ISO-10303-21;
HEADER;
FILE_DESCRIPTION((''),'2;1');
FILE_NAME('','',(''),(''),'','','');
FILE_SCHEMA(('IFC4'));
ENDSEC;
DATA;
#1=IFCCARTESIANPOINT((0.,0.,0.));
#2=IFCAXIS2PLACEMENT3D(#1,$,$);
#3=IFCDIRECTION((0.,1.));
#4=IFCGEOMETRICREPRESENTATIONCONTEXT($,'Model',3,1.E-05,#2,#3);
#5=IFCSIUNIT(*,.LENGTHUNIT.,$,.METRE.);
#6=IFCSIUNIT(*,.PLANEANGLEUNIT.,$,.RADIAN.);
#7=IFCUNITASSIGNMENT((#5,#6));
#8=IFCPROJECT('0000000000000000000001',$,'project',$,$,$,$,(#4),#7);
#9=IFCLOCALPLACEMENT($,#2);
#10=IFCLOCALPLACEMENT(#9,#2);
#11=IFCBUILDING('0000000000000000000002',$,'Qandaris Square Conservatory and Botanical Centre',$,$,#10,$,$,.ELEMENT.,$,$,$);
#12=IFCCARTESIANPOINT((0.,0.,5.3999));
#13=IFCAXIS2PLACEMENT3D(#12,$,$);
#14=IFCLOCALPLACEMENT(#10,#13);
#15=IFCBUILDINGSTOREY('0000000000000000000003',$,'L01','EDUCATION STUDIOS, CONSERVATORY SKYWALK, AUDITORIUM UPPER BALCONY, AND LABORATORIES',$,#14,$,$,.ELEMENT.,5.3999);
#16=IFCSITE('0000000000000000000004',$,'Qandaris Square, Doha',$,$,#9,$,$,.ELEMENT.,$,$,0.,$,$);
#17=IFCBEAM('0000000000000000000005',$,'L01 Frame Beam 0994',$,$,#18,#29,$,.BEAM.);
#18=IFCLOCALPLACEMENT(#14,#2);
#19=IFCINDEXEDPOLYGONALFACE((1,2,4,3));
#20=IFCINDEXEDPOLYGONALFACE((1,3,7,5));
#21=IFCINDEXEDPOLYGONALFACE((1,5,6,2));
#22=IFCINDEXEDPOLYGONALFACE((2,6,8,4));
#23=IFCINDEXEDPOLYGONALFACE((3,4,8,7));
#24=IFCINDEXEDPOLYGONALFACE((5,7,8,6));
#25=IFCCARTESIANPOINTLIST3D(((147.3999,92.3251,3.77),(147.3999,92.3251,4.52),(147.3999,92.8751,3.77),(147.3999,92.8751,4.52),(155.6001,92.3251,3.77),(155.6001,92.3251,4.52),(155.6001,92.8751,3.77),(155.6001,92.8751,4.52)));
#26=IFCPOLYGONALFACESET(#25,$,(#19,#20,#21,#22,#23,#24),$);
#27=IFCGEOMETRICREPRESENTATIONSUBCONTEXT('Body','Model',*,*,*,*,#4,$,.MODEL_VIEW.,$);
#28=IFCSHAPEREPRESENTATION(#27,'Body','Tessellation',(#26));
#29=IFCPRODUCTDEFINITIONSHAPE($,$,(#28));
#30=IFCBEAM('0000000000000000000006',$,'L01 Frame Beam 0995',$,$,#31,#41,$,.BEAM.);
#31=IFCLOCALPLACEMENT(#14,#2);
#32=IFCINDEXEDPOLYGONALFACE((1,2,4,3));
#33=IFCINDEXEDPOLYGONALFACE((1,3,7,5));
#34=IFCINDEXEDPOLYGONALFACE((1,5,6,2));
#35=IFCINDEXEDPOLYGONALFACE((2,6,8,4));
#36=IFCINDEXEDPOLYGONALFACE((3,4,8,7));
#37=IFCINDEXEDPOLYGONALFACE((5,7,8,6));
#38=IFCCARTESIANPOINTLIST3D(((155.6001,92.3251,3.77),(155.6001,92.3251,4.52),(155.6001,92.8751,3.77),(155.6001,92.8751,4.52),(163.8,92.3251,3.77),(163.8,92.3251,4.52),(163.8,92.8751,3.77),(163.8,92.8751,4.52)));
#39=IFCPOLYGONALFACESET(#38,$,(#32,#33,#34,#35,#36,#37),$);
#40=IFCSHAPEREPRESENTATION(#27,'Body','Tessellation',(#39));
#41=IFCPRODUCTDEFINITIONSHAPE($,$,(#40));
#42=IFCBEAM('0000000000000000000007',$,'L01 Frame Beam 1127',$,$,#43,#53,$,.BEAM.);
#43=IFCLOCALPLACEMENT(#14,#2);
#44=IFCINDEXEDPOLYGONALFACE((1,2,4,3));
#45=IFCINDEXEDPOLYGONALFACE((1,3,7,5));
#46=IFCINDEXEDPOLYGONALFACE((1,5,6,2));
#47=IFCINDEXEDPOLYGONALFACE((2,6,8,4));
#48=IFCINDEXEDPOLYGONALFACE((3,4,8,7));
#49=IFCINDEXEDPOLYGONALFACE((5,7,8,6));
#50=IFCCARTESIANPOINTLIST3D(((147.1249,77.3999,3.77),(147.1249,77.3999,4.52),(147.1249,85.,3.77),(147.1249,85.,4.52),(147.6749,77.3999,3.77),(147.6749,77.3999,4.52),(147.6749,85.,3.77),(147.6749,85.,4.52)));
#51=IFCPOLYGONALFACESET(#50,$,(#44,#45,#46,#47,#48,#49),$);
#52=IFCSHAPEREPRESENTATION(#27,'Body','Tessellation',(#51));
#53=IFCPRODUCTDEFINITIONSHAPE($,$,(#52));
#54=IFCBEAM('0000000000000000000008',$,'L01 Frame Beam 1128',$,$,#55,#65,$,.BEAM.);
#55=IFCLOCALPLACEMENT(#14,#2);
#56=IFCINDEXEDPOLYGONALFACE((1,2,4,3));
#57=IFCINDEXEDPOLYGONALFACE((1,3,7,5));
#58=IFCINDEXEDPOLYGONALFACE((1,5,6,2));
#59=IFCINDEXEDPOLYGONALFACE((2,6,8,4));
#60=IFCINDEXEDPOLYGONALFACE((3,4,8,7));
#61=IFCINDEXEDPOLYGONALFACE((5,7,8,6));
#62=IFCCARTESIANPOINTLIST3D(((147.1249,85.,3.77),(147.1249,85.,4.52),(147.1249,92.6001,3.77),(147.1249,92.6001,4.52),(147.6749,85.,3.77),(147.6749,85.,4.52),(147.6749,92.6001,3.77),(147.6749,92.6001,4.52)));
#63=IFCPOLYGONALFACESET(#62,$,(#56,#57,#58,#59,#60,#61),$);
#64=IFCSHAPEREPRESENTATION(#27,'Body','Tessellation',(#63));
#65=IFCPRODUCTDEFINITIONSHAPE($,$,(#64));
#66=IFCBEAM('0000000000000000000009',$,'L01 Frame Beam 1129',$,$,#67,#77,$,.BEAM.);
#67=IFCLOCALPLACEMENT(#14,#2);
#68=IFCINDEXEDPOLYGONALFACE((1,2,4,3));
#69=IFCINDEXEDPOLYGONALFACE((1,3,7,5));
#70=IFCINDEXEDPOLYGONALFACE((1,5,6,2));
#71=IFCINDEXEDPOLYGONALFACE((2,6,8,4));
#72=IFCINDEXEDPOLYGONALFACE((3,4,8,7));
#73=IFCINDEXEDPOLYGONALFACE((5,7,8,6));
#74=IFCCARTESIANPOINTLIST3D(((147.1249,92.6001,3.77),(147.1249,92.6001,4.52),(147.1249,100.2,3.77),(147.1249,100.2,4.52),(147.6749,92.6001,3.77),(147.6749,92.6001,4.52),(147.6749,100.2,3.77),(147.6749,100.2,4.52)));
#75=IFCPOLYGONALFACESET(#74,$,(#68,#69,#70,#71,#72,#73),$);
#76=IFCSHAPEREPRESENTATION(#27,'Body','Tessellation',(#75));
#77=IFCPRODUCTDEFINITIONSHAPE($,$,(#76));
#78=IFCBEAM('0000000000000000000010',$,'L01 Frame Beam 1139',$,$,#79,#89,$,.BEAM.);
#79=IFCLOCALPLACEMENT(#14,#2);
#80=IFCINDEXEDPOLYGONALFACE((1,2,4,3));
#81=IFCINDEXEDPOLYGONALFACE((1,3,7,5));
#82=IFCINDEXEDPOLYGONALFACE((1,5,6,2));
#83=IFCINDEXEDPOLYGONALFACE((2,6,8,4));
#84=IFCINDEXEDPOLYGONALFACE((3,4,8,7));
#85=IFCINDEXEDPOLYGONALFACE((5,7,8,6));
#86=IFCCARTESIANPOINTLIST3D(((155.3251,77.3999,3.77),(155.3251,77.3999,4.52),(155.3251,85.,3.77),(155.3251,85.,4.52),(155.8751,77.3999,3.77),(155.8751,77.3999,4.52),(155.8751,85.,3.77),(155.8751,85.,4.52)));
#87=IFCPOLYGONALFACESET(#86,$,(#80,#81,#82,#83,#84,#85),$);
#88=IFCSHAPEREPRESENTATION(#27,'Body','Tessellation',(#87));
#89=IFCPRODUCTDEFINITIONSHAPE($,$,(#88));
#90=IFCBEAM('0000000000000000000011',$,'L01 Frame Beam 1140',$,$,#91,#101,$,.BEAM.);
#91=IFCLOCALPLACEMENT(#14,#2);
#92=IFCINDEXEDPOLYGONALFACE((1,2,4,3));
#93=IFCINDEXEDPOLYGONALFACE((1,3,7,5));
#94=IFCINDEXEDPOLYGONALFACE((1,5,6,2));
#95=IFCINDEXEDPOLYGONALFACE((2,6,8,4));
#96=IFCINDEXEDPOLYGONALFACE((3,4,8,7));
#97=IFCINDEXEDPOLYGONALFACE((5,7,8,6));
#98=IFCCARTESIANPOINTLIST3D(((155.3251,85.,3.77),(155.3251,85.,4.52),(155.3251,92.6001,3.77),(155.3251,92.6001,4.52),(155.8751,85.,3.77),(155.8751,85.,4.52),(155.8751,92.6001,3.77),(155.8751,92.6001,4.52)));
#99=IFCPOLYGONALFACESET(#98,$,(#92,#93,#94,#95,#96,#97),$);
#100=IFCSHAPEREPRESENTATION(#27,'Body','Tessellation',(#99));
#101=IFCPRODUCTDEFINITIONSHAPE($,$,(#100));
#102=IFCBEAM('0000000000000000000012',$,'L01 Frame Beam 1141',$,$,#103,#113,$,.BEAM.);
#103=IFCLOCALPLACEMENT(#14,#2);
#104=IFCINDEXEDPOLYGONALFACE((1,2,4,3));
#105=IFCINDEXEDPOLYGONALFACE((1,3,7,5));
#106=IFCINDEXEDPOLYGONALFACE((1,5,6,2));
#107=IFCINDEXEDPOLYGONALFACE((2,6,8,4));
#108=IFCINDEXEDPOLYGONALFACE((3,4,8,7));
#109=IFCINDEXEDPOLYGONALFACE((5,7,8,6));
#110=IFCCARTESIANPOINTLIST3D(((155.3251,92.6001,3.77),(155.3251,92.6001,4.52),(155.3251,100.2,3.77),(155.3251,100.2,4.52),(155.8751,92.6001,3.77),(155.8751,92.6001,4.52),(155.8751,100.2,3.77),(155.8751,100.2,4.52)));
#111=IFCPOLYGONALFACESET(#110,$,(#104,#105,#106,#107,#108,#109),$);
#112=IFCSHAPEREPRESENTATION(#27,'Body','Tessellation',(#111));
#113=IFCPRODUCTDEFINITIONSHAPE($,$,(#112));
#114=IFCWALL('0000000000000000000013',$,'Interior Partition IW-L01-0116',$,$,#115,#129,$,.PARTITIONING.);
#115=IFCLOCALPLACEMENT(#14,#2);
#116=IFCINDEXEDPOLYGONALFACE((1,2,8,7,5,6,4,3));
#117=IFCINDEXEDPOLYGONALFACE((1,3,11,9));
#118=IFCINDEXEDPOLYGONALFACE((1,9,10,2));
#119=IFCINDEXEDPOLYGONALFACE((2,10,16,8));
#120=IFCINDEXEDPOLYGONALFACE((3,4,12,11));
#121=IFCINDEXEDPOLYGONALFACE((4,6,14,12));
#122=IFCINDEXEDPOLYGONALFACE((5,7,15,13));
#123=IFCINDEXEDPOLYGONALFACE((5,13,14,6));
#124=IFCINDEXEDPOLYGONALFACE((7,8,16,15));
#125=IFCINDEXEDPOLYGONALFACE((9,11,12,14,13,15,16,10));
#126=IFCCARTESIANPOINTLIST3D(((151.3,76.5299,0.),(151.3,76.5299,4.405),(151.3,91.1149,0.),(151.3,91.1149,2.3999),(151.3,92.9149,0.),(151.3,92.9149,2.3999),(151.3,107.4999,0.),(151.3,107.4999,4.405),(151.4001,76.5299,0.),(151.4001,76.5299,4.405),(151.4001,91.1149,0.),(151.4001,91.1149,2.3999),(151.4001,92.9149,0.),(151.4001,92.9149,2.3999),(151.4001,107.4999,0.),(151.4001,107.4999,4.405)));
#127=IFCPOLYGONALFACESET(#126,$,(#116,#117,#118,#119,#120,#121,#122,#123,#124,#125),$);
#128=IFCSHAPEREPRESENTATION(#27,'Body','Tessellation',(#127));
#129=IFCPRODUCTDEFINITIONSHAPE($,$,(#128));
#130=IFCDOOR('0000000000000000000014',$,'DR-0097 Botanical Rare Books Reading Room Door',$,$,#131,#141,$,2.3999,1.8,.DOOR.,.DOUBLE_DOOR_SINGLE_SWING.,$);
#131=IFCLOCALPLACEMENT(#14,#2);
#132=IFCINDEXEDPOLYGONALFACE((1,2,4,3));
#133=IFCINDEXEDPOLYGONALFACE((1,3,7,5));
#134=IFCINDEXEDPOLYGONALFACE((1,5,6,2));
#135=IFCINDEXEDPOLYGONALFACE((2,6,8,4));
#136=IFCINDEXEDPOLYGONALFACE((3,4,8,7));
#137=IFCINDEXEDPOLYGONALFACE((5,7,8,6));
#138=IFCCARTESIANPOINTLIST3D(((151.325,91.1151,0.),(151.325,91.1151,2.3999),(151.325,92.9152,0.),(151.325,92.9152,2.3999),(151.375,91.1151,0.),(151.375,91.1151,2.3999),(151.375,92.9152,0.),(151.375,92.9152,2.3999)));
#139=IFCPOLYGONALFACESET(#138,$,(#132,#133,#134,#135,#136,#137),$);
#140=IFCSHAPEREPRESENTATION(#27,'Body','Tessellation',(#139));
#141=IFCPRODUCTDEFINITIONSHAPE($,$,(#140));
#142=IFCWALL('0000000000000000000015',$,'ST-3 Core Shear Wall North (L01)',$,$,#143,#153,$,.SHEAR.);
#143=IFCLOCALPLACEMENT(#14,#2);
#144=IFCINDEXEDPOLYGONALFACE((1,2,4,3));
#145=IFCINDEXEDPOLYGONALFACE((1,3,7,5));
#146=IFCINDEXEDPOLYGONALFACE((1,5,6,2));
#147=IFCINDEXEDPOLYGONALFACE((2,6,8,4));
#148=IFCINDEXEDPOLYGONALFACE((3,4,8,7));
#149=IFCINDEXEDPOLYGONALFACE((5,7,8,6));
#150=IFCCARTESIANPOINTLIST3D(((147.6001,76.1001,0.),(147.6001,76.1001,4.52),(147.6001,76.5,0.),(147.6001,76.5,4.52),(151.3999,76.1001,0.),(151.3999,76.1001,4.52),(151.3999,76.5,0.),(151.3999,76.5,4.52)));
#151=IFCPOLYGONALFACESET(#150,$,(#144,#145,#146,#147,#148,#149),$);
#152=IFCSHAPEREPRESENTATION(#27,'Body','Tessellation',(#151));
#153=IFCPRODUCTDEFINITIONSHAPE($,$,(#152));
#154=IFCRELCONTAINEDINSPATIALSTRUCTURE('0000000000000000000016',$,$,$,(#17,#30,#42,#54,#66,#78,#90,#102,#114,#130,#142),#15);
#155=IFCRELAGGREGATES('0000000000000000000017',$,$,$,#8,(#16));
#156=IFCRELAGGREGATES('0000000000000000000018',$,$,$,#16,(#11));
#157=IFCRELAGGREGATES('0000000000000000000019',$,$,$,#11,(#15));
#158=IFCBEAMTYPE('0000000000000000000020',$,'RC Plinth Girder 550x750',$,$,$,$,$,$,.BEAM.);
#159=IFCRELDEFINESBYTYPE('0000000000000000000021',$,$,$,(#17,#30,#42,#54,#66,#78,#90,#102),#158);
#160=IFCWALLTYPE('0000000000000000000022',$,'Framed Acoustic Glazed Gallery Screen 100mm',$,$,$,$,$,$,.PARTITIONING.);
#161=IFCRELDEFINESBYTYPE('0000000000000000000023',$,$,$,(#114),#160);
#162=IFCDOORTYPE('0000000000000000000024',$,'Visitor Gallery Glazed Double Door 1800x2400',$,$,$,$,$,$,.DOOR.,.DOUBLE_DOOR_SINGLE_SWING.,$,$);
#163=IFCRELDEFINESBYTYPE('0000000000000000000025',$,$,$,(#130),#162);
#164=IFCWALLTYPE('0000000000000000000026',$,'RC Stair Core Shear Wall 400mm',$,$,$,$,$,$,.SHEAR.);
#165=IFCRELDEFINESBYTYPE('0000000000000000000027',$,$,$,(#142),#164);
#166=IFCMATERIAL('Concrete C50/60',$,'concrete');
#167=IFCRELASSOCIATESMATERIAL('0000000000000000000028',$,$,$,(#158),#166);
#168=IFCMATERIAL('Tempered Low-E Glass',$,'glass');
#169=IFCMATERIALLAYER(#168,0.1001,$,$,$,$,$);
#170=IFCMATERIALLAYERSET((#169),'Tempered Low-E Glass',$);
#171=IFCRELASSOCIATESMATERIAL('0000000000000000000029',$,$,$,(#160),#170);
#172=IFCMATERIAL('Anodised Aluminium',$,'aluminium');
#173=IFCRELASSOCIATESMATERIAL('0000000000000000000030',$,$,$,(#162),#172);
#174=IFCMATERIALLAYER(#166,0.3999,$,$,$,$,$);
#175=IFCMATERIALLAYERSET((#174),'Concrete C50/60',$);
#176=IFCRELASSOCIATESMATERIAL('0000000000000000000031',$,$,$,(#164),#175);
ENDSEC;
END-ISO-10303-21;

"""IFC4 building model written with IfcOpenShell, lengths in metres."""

from ifc_helpers import new_model, si_unit, direction, frame, frame_2d, origin, origin_2d, place, context, subcontext, project, spatial, rectangle, extrude, material, layer, layer_set, material_profile, profile_set, type_object, element, fill, save


model = new_model("IFC4")

# Units and contexts
model_context = context("Model", 3, precision=1e-05, world=origin(), true_north=direction((0.0, 1.0)))
body_context = subcontext(model_context, "Body", "Model", "MODEL_VIEW")
ifc_project = project(units=[si_unit("LENGTHUNIT", "METRE"), si_unit("PLANEANGLEUNIT", "RADIAN")], contexts=[model_context])

# Site, building, storey
site_placement = place(None, origin())
site = spatial("IfcSite", under=ifc_project, at=site_placement, Name="Qandaris Square, Doha", CompositionType="ELEMENT", RefElevation=0.0)
building_placement = place(site_placement, origin())
building = spatial("IfcBuilding", under=site, at=building_placement, Name="Qandaris Square Conservatory and Botanical Centre", CompositionType="ELEMENT")
storey_placement = place(building_placement, frame((0.0, 0.0, 5.3999)))
storey = spatial("IfcBuildingStorey", under=building, at=storey_placement, Name="L01", Description="EDUCATION STUDIOS, CONSERVATORY SKYWALK, AUDITORIUM UPPER BALCONY, AND LABORATORIES", CompositionType="ELEMENT", Elevation=5.3999)

# Shared definitions
ifc_material_1 = material(Name="Concrete C50/60", Category="concrete")

# Beams
ifc_material_profile_1 = material_profile(ifc_material_1, rectangle(XDim=0.55, YDim=0.75, at=origin_2d()), Name="RC-BM 550x750")
ifc_profile_set_1 = profile_set([ifc_material_profile_1], Name="Concrete C50/60")
beam_type_1 = type_object("IfcBeamType", Name="RC Plinth Girder 550x750", PredefinedType="BEAM", material=ifc_profile_set_1)
beam_1_placement = place(storey_placement, frame((147.3999, 92.6001, 4.145), z_axis=(1.0, 0.0, 0.0), x_axis=(0.0, 1.0, 0.0)))
element("IfcBeam", 1, at=beam_1_placement, inside=storey, type_object=beam_type_1, Name="L01 Frame Beam 0994", PredefinedType="BEAM", context=body_context, shape_type="SweptSolid", body=[
    extrude(rectangle(XDim=0.55, YDim=0.75, at=origin_2d()), origin(), (0.0, 0.0, 1.0), 8.2002),
])
beam_2_placement = place(storey_placement, frame((155.6001, 92.6001, 4.145), z_axis=(1.0, 0.0, 0.0), x_axis=(0.0, 1.0, 0.0)))
element("IfcBeam", 2, at=beam_2_placement, inside=storey, type_object=beam_type_1, Name="L01 Frame Beam 0995", PredefinedType="BEAM", context=body_context, shape_type="SweptSolid", body=[
    extrude(rectangle(XDim=0.55, YDim=0.75, at=origin_2d()), origin(), (0.0, 0.0, 1.0), 8.2),
])
for number, where, z_axis, x_axis, name in (
    (3, (147.3999, 77.3999, 4.145), (0.0, 1.0, 0.0), (-1.0, 0.0, 0.0), "L01 Frame Beam 1127"),
    (4, (147.3999, 85.0, 4.145), (0.0, 1.0, 0.0), (-1.0, 0.0, 0.0), "L01 Frame Beam 1128"),
):
    element("IfcBeam", number, at=place(storey_placement, frame(where, z_axis=z_axis, x_axis=x_axis)), inside=storey, type_object=beam_type_1, Name=name, PredefinedType="BEAM", context=body_context, shape_type="SweptSolid", body=[
        extrude(rectangle(XDim=0.55, YDim=0.75, at=origin_2d()), origin(), (0.0, 0.0, 1.0), 7.6001),
    ])
beam_3_placement = place(storey_placement, frame((147.3999, 92.6001, 4.145), z_axis=(0.0, 1.0, 0.0), x_axis=(-1.0, 0.0, 0.0)))
element("IfcBeam", 5, at=beam_3_placement, inside=storey, type_object=beam_type_1, Name="L01 Frame Beam 1129", PredefinedType="BEAM", context=body_context, shape_type="SweptSolid", body=[
    extrude(rectangle(XDim=0.55, YDim=0.75, at=origin_2d()), origin(), (0.0, 0.0, 1.0), 7.5999),
])
for number, where, z_axis, x_axis, name in (
    (6, (155.6001, 77.3999, 4.145), (0.0, 1.0, 0.0), (-1.0, 0.0, 0.0), "L01 Frame Beam 1139"),
    (7, (155.6001, 85.0, 4.145), (0.0, 1.0, 0.0), (-1.0, 0.0, 0.0), "L01 Frame Beam 1140"),
):
    element("IfcBeam", number, at=place(storey_placement, frame(where, z_axis=z_axis, x_axis=x_axis)), inside=storey, type_object=beam_type_1, Name=name, PredefinedType="BEAM", context=body_context, shape_type="SweptSolid", body=[
        extrude(rectangle(XDim=0.55, YDim=0.75, at=origin_2d()), origin(), (0.0, 0.0, 1.0), 7.6001),
    ])
beam_4_placement = place(storey_placement, frame((155.6001, 92.6001, 4.145), z_axis=(0.0, 1.0, 0.0), x_axis=(-1.0, 0.0, 0.0)))
element("IfcBeam", 8, at=beam_4_placement, inside=storey, type_object=beam_type_1, Name="L01 Frame Beam 1141", PredefinedType="BEAM", context=body_context, shape_type="SweptSolid", body=[
    extrude(rectangle(XDim=0.55, YDim=0.75, at=origin_2d()), origin(), (0.0, 0.0, 1.0), 7.5999),
])

# Wall, opening, door
ifc_material_2 = material(Name="Tempered Low-E Glass", Category="glass")
ifc_layer_1 = layer(ifc_material_2, 0.1001)
ifc_layer_set_1 = layer_set([ifc_layer_1], Name="Tempered Low-E Glass")
wall_type_1 = type_object("IfcWallType", Name="Framed Acoustic Glazed Gallery Screen 100mm", PredefinedType="PARTITIONING", material=ifc_layer_set_1)
wall_1_placement = place(storey_placement, frame((151.3501, 76.53, 0.0), z_axis=(0.0, 0.0, 1.0), x_axis=(0.0, 1.0, 0.0)))
wall_1 = element("IfcWall", 9, at=wall_1_placement, inside=storey, type_object=wall_type_1, Name="Interior Partition IW-L01-0116", PredefinedType="PARTITIONING", context=body_context, shape_type="SweptSolid", body=[
    extrude(rectangle(XDim=30.97, YDim=0.1001, at=frame_2d((15.4849, 0.0))), origin(), (0.0, 0.0, 1.0), 4.405),
])
opening_placement = place(wall_1_placement, frame((14.585, 0.0, 0.0)))
opening = element("IfcOpeningElement", 10, at=opening_placement, cuts=wall_1, PredefinedType="OPENING", context=body_context, shape_type="SweptSolid", body=[
    extrude(rectangle(XDim=1.8, YDim=2.3999, at=frame_2d((0.8999, 1.2))), frame((0.0, 0.062, 0.0), z_axis=(0.0, -1.0, 0.0), x_axis=(1.0, 0.0, 0.0)), (0.0, 0.0, 1.0), 0.124),
])
ifc_material_3 = material(Name="Anodised Aluminium", Category="aluminium")
door_type = type_object("IfcDoorType", Name="Visitor Gallery Glazed Double Door 1800x2400", OperationType="DOUBLE_DOOR_SINGLE_SWING", PredefinedType="DOOR", material=ifc_material_3)
door_placement = place(opening_placement, frame((1.8, 0.0, 0.0), z_axis=(0.0, 0.0, 1.0), x_axis=(-1.0, 0.0, 0.0)))
door = element("IfcDoor", 11, at=door_placement, inside=storey, type_object=door_type, Name="DR-0097 Botanical Rare Books Reading Room Door", OperationType="DOUBLE_DOOR_SINGLE_SWING", OverallHeight=2.3999, OverallWidth=1.8, PredefinedType="DOOR", context=body_context, shape_type="SweptSolid", body=[
    extrude(rectangle(XDim=1.8, YDim=2.3999, at=frame_2d((0.8999, 1.2))), frame((0.0, 0.0249, 0.0), z_axis=(0.0, -1.0, 0.0), x_axis=(1.0, 0.0, 0.0)), (0.0, 0.0, 1.0), 0.05),
])
fill(opening, door)

# Wall
ifc_layer_2 = layer(ifc_material_1, 0.3999)
ifc_layer_set_2 = layer_set([ifc_layer_2], Name="Concrete C50/60")
wall_type_2 = type_object("IfcWallType", Name="RC Stair Core Shear Wall 400mm", PredefinedType="SHEAR", material=ifc_layer_set_2)
wall_2_placement = place(storey_placement, frame((147.6001, 76.3, 0.0), z_axis=(0.0, 0.0, 1.0), x_axis=(1.0, 0.0, 0.0)))
element("IfcWall", 12, at=wall_2_placement, inside=storey, type_object=wall_type_2, Name="ST-3 Core Shear Wall North (L01)", PredefinedType="SHEAR", context=body_context, shape_type="SweptSolid", body=[
    extrude(rectangle(XDim=3.7998, YDim=0.3999, at=frame_2d((1.8999, 0.0))), origin(), (0.0, 0.0, 1.0), 4.52),
])

save(model, "model.ifc")
